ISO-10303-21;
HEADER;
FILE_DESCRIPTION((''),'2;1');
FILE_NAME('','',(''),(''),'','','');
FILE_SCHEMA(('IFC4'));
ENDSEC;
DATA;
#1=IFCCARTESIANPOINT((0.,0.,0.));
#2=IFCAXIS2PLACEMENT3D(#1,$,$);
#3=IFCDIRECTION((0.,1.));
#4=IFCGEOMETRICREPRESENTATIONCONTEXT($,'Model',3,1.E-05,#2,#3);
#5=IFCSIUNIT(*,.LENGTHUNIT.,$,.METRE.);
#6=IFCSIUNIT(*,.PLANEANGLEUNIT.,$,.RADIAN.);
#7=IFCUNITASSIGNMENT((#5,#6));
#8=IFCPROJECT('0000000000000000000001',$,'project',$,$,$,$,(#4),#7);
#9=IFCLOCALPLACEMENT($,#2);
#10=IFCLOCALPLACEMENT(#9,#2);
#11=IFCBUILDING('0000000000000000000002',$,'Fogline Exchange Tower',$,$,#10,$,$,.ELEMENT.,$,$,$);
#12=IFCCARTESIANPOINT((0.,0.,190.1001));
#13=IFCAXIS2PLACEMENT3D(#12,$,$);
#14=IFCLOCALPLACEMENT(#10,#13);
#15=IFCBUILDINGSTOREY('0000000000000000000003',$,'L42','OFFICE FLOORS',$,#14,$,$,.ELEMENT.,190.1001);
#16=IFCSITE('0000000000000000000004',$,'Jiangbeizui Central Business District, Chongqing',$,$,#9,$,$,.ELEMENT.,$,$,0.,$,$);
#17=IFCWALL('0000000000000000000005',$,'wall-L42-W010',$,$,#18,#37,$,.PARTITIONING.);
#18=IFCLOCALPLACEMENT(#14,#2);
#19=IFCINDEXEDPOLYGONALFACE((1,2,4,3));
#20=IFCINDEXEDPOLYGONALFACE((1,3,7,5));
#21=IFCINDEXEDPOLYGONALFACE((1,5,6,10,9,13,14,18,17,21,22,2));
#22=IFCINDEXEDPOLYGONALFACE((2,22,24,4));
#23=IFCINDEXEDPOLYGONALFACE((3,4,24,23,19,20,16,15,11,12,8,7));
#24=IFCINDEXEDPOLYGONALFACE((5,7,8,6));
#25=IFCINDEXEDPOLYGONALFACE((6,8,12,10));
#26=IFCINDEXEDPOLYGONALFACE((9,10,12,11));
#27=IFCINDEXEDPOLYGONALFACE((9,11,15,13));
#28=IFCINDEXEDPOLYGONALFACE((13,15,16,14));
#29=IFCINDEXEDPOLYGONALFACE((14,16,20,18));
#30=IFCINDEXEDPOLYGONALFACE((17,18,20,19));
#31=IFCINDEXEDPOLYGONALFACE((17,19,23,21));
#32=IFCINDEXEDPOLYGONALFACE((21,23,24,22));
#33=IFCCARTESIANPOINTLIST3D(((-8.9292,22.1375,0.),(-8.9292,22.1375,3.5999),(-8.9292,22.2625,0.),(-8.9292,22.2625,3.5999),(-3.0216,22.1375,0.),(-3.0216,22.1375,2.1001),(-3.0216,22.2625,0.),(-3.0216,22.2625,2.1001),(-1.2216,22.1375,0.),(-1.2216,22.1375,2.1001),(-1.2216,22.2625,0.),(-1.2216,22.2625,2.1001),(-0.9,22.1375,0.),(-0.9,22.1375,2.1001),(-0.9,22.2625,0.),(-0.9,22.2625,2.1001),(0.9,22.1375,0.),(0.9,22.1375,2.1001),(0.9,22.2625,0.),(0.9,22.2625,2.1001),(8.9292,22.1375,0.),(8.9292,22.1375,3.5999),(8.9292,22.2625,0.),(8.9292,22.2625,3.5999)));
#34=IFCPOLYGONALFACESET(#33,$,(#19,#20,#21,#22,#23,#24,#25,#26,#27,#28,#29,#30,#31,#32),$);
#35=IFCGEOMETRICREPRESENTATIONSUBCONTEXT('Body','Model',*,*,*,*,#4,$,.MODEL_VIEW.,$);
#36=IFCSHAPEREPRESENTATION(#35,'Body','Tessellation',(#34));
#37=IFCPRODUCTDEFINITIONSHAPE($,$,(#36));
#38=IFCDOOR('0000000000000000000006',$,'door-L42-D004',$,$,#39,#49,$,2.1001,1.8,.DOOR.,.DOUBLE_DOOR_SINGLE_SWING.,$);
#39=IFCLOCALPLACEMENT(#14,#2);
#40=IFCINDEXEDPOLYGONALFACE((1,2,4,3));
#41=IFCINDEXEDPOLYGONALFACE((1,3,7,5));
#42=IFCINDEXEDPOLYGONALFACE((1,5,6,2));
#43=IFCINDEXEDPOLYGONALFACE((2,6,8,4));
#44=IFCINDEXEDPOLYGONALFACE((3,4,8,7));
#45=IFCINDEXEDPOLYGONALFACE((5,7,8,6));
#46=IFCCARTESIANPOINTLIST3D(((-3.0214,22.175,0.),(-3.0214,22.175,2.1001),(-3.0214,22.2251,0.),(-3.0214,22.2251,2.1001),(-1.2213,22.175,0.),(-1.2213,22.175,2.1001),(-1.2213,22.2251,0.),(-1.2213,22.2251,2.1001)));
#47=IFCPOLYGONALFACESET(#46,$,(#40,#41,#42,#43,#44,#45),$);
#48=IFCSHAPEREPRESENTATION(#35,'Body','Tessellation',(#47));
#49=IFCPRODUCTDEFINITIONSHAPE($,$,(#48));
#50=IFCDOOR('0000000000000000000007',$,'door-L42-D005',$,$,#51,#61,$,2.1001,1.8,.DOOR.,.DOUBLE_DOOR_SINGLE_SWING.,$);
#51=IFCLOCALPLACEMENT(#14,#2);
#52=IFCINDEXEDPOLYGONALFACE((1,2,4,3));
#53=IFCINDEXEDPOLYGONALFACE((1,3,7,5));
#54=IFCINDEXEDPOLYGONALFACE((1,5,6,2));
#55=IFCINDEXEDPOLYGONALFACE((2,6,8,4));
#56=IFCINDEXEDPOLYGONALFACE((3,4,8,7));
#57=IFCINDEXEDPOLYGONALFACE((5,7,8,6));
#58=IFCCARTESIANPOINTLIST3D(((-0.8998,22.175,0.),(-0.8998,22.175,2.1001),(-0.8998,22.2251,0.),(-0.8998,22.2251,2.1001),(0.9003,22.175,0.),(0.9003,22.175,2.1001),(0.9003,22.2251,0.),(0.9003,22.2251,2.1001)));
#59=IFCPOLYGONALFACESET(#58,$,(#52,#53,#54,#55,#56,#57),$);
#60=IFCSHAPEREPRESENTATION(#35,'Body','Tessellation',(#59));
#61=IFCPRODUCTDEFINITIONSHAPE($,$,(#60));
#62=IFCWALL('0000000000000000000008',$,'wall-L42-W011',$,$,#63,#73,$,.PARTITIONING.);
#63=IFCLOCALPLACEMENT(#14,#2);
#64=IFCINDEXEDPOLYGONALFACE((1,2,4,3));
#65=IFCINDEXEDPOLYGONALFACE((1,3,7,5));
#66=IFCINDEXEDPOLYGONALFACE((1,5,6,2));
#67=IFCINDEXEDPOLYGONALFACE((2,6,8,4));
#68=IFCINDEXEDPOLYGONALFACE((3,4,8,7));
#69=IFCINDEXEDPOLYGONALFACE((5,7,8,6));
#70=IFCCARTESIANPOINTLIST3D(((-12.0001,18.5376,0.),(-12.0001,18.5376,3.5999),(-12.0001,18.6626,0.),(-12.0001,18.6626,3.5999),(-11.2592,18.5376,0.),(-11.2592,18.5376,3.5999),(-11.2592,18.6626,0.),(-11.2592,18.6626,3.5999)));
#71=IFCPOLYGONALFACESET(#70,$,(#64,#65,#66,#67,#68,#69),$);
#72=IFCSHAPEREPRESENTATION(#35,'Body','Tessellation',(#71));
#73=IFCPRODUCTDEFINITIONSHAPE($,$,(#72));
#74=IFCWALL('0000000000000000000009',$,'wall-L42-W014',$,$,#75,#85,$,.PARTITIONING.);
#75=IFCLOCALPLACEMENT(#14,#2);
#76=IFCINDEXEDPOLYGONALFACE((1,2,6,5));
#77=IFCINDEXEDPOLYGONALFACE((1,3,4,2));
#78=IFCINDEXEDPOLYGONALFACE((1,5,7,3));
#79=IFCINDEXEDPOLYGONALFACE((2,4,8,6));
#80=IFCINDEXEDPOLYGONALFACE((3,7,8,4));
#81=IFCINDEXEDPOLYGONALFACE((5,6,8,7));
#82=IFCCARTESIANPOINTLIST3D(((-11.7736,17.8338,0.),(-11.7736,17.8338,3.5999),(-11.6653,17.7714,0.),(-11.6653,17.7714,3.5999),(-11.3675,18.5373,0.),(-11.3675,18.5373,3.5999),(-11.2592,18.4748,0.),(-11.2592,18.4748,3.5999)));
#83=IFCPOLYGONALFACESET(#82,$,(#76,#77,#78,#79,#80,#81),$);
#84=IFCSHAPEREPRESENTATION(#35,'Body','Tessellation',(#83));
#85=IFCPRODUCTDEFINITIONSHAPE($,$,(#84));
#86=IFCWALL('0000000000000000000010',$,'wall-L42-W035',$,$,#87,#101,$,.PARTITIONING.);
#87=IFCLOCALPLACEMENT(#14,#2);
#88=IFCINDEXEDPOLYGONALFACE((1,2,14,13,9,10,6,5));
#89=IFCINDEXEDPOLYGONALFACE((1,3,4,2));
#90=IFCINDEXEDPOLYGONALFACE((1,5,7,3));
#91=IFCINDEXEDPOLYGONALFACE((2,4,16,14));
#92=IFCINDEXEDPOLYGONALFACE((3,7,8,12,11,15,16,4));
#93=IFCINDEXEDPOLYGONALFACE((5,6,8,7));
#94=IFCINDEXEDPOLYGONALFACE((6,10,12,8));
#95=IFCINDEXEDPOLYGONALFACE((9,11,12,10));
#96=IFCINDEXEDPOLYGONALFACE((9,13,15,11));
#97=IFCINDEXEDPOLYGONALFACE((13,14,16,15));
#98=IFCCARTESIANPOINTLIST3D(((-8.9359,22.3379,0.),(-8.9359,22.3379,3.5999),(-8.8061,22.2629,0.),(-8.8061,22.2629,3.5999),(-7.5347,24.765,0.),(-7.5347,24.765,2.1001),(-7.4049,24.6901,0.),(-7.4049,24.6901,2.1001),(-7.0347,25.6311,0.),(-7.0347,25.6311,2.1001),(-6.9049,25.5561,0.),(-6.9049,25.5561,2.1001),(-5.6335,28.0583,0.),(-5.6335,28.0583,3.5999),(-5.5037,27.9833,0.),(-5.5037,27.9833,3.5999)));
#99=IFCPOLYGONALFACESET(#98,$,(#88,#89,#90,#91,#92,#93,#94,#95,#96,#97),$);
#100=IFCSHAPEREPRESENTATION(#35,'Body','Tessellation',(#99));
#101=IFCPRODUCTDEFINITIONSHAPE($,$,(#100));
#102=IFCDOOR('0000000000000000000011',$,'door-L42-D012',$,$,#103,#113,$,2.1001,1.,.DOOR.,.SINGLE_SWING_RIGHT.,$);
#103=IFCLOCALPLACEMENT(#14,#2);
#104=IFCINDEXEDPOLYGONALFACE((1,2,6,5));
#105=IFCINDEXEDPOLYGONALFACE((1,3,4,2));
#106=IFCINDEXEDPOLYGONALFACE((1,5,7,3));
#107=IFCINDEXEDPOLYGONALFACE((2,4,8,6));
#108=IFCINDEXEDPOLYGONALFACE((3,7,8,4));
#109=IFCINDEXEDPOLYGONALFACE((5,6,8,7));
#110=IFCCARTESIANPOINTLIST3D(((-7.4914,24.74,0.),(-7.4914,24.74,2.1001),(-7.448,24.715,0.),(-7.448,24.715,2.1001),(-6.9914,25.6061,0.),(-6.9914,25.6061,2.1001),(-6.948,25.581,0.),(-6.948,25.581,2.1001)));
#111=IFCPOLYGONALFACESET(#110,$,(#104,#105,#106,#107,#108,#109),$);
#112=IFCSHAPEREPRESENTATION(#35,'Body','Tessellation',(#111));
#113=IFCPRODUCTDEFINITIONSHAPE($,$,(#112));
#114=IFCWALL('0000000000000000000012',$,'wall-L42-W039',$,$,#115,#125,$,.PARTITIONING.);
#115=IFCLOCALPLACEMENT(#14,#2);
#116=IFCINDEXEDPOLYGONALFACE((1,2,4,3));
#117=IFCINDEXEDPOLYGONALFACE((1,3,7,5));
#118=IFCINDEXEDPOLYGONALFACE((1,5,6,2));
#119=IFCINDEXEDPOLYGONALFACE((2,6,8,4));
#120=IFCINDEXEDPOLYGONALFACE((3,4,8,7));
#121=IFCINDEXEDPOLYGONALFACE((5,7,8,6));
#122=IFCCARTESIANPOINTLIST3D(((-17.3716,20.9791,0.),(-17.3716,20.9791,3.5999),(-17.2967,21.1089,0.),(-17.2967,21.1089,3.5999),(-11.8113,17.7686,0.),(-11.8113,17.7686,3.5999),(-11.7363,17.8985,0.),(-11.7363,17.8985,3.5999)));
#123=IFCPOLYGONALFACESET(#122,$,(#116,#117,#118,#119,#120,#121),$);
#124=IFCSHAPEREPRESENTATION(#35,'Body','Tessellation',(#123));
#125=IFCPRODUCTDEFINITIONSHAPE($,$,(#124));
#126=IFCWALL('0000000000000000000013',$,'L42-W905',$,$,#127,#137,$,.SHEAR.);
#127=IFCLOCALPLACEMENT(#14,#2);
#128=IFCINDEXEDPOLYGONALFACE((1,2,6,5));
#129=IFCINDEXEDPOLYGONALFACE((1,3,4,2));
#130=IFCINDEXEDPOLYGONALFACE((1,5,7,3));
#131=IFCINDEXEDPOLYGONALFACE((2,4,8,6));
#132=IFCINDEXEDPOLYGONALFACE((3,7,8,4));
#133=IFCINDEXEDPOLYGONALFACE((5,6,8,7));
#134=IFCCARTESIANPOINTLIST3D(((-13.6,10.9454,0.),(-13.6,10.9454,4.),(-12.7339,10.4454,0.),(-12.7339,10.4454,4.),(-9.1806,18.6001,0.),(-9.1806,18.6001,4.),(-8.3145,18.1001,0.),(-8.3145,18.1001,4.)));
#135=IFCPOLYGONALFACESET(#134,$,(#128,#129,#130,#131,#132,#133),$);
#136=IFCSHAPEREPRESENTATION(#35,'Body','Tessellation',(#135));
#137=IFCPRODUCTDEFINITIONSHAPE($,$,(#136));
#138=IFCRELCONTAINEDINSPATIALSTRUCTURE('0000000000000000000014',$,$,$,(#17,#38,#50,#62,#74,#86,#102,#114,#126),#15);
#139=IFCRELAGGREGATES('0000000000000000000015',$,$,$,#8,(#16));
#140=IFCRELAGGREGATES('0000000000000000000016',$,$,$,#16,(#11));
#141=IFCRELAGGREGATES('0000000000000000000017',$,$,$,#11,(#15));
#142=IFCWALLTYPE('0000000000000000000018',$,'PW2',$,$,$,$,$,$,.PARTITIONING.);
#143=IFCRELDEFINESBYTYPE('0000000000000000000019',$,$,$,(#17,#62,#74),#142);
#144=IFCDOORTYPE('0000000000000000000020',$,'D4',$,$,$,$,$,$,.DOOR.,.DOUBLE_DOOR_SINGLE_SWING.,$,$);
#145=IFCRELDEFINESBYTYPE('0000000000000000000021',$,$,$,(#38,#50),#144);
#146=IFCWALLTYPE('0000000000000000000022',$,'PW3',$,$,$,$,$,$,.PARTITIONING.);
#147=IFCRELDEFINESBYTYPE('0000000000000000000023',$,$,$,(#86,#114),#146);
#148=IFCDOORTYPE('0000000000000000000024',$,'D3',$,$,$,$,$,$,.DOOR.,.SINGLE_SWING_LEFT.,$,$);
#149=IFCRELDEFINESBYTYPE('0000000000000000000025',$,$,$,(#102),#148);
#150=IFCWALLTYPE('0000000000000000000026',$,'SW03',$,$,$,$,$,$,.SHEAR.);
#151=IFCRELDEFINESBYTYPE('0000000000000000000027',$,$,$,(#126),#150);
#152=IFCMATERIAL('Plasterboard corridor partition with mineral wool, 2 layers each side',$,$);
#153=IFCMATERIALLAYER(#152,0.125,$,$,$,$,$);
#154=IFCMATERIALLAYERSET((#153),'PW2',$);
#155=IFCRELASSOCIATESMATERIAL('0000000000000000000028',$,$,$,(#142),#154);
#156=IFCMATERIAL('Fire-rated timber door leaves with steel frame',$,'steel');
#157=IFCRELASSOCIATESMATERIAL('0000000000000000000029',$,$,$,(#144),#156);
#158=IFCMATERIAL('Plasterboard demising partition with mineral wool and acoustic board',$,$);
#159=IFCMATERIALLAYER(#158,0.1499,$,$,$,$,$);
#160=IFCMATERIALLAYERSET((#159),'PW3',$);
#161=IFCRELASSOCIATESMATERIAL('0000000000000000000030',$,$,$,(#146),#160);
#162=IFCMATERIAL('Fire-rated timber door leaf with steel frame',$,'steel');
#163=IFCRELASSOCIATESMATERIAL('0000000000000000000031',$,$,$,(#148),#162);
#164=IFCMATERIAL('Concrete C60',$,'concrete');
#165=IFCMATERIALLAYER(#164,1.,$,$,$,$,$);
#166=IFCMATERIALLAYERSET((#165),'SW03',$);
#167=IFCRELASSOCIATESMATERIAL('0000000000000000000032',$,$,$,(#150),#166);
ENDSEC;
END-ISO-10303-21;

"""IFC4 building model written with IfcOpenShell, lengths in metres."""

from ifc_helpers import new_model, si_unit, direction, frame, frame_2d, origin, place, context, subcontext, project, spatial, rectangle, extrude, material, layer, layer_set, type_object, element, fill, save


model = new_model("IFC4")

# Units and contexts
model_context = context("Model", 3, precision=1e-05, world=origin(), true_north=direction((0.0, 1.0)))
body_context = subcontext(model_context, "Body", "Model", "MODEL_VIEW")
ifc_project = project(units=[si_unit("LENGTHUNIT", "METRE"), si_unit("PLANEANGLEUNIT", "RADIAN")], contexts=[model_context])

# Site, building, storey
site_placement = place(None, origin())
site = spatial("IfcSite", under=ifc_project, at=site_placement, Name="Jiangbeizui Central Business District, Chongqing", CompositionType="ELEMENT", RefElevation=0.0)
building_placement = place(site_placement, origin())
building = spatial("IfcBuilding", under=site, at=building_placement, Name="Fogline Exchange Tower", CompositionType="ELEMENT")
storey_placement = place(building_placement, frame((0.0, 0.0, 190.1001)))
storey = spatial("IfcBuildingStorey", under=building, at=storey_placement, Name="L42", Description="OFFICE FLOORS", CompositionType="ELEMENT", Elevation=190.1001)

# Shared definitions
ifc_material_1 = material(Name="Concrete C60", Category="concrete")

# Wall, openings, doors
ifc_material_2 = material(Name="Plasterboard corridor partition with mineral wool, 2 layers each side")
ifc_layer_1 = layer(ifc_material_2, 0.125)
ifc_layer_set_1 = layer_set([ifc_layer_1], Name="PW2")
wall_type_1 = type_object("IfcWallType", Name="PW2", PredefinedType="PARTITIONING", material=ifc_layer_set_1)
wall_1_placement = place(storey_placement, frame((-8.9292, 22.2, 0.0), z_axis=(0.0, 0.0, 1.0), x_axis=(1.0, 0.0, 0.0)))
wall_1 = element("IfcWall", 1, at=wall_1_placement, inside=storey, type_object=wall_type_1, Name="wall-L42-W010", PredefinedType="PARTITIONING", context=body_context, shape_type="SweptSolid", body=[
    extrude(rectangle(XDim=17.8584, YDim=0.125, at=frame_2d((8.9292, 0.0))), origin(), (0.0, 0.0, 1.0), 3.5999),
])
opening_1_placement = place(wall_1_placement, frame((5.9077, 0.0, 0.0)))
opening_1 = element("IfcOpeningElement", 2, at=opening_1_placement, cuts=wall_1, PredefinedType="OPENING", context=body_context, shape_type="SweptSolid", body=[
    extrude(rectangle(XDim=1.8, YDim=2.1001, at=frame_2d((0.8999, 1.05))), frame((0.0, 0.0725, 0.0), z_axis=(0.0, -1.0, 0.0), x_axis=(1.0, 0.0, 0.0)), (0.0, 0.0, 1.0), 0.145),
])
opening_2_placement = place(wall_1_placement, frame((8.0293, 0.0, 0.0)))
opening_2 = element("IfcOpeningElement", 3, at=opening_2_placement, cuts=wall_1, PredefinedType="OPENING", context=body_context, shape_type="SweptSolid", body=[
    extrude(rectangle(XDim=1.8, YDim=2.1001, at=frame_2d((0.8999, 1.05))), frame((0.0, 0.0725, 0.0), z_axis=(0.0, -1.0, 0.0), x_axis=(1.0, 0.0, 0.0)), (0.0, 0.0, 1.0), 0.145),
])
ifc_material_3 = material(Name="Fire-rated timber door leaves with steel frame", Category="steel")
door_type_1 = type_object("IfcDoorType", Name="D4", OperationType="DOUBLE_DOOR_SINGLE_SWING", PredefinedType="DOOR", material=ifc_material_3)
door_1_placement = place(opening_1_placement, frame((1.8, 0.0, 0.0), z_axis=(0.0, 0.0, 1.0), x_axis=(-1.0, 0.0, 0.0)))
door_1 = element("IfcDoor", 4, at=door_1_placement, inside=storey, type_object=door_type_1, Name="door-L42-D004", OperationType="DOUBLE_DOOR_SINGLE_SWING", OverallHeight=2.1001, OverallWidth=1.8, PredefinedType="DOOR", context=body_context, shape_type="SweptSolid", body=[
    extrude(rectangle(XDim=1.8, YDim=2.1001, at=frame_2d((0.8999, 1.05))), frame((0.0, 0.0249, 0.0), z_axis=(0.0, -1.0, 0.0), x_axis=(1.0, 0.0, 0.0)), (0.0, 0.0, 1.0), 0.05),
])
fill(opening_1, door_1)
door_2_placement = place(opening_2_placement, frame((1.8, 0.0, 0.0), z_axis=(0.0, 0.0, 1.0), x_axis=(-1.0, 0.0, 0.0)))
door_2 = element("IfcDoor", 5, at=door_2_placement, inside=storey, type_object=door_type_1, Name="door-L42-D005", OperationType="DOUBLE_DOOR_SINGLE_SWING", OverallHeight=2.1001, OverallWidth=1.8, PredefinedType="DOOR", context=body_context, shape_type="SweptSolid", body=[
    extrude(rectangle(XDim=1.8, YDim=2.1001, at=frame_2d((0.8999, 1.05))), frame((0.0, 0.0249, 0.0), z_axis=(0.0, -1.0, 0.0), x_axis=(1.0, 0.0, 0.0)), (0.0, 0.0, 1.0), 0.05),
])
fill(opening_2, door_2)

# Walls
wall_2_placement = place(storey_placement, frame((-11.259, 18.6001, 0.0), z_axis=(0.0, 0.0, 1.0), x_axis=(-1.0, 0.0, 0.0)))
element("IfcWall", 6, at=wall_2_placement, inside=storey, type_object=wall_type_1, Name="wall-L42-W011", PredefinedType="PARTITIONING", context=body_context, shape_type="SweptSolid", body=[
    extrude(rectangle(XDim=0.741, YDim=0.125, at=frame_2d((0.3706, 0.0))), origin(), (0.0, 0.0, 1.0), 3.5999),
])
wall_3_placement = place(storey_placement, frame((-11.7195, 17.8025, 0.0), z_axis=(0.0, 0.0, 1.0), x_axis=(0.499922, 0.86607, 0.0)))
element("IfcWall", 7, at=wall_3_placement, inside=storey, type_object=wall_type_1, Name="wall-L42-W014", PredefinedType="PARTITIONING", context=body_context, shape_type="SweptSolid", body=[
    extrude(rectangle(XDim=0.8123, YDim=0.125, at=frame_2d((0.4062, 0.0))), origin(), (0.0, 0.0, 1.0), 3.5999),
])

# Wall, opening, door
ifc_material_4 = material(Name="Plasterboard demising partition with mineral wool and acoustic board")
ifc_layer_2 = layer(ifc_material_4, 0.1499)
ifc_layer_set_2 = layer_set([ifc_layer_2], Name="PW3")
wall_type_2 = type_object("IfcWallType", Name="PW3", PredefinedType="PARTITIONING", material=ifc_layer_set_2)
wall_4_placement = place(storey_placement, frame((-8.8711, 22.3003, 0.0), z_axis=(0.0, 0.0, 1.0), x_axis=(0.499975, 0.86604, 0.0)))
wall_4 = element("IfcWall", 8, at=wall_4_placement, inside=storey, type_object=wall_type_2, Name="wall-L42-W035", PredefinedType="PARTITIONING", context=body_context, shape_type="SweptSolid", body=[
    extrude(rectangle(XDim=6.6052, YDim=0.1499, at=frame_2d((3.3027, 0.0))), origin(), (0.0, 0.0, 1.0), 3.5999),
])
opening_3_placement = place(wall_4_placement, frame((2.8027, 0.0, 0.0)))
opening_3 = element("IfcOpeningElement", 9, at=opening_3_placement, cuts=wall_4, PredefinedType="OPENING", context=body_context, shape_type="SweptSolid", body=[
    extrude(rectangle(XDim=1.0, YDim=2.1001, at=frame_2d((0.5, 1.05))), frame((0.0, 0.085, 0.0), z_axis=(0.0, -1.0, 0.0), x_axis=(1.0, 0.0, 0.0)), (0.0, 0.0, 1.0), 0.1699),
])
ifc_material_5 = material(Name="Fire-rated timber door leaf with steel frame", Category="steel")
door_type_2 = type_object("IfcDoorType", Name="D3", OperationType="SINGLE_SWING_LEFT", PredefinedType="DOOR", material=ifc_material_5)
door_3_placement = place(opening_3_placement, origin())
door_3 = element("IfcDoor", 10, at=door_3_placement, inside=storey, type_object=door_type_2, Name="door-L42-D012", OperationType="SINGLE_SWING_RIGHT", OverallHeight=2.1001, OverallWidth=1.0, PredefinedType="DOOR", context=body_context, shape_type="SweptSolid", body=[
    extrude(rectangle(XDim=1.0, YDim=2.1001, at=frame_2d((0.5, 1.05))), frame((0.0, 0.0249, 0.0), z_axis=(0.0, -1.0, 0.0), x_axis=(1.0, 0.0, 0.0)), (0.0, 0.0, 1.0), 0.05),
])
fill(opening_3, door_3)

# Walls
wall_5_placement = place(storey_placement, frame((-11.7737, 17.8335, 0.0), z_axis=(0.0, 0.0, 1.0), x_axis=(-0.866011, 0.500024, 0.0)))
element("IfcWall", 11, at=wall_5_placement, inside=storey, type_object=wall_type_2, Name="wall-L42-W039", PredefinedType="PARTITIONING", context=body_context, shape_type="SweptSolid", body=[
    extrude(rectangle(XDim=6.4207, YDim=0.1499, at=frame_2d((3.2104, 0.0))), origin(), (0.0, 0.0, 1.0), 3.5999),
])
ifc_layer_3 = layer(ifc_material_1, 1.0)
ifc_layer_set_3 = layer_set([ifc_layer_3], Name="SW03")
wall_type_3 = type_object("IfcWallType", Name="SW03", PredefinedType="SHEAR", material=ifc_layer_set_3)
wall_6_placement = place(storey_placement, frame((-8.7476, 18.3501, 0.0), z_axis=(0.0, 0.0, 1.0), x_axis=(-0.499995, -0.866028, 0.0)))
element("IfcWall", 12, at=wall_6_placement, inside=storey, type_object=wall_type_3, Name="L42-W905", PredefinedType="SHEAR", context=body_context, shape_type="SweptSolid", body=[
    extrude(rectangle(XDim=8.8389, YDim=1.0, at=frame_2d((4.4194, 0.0))), origin(), (0.0, 0.0, 1.0), 4.0),
])

save(model, "model.ifc")
